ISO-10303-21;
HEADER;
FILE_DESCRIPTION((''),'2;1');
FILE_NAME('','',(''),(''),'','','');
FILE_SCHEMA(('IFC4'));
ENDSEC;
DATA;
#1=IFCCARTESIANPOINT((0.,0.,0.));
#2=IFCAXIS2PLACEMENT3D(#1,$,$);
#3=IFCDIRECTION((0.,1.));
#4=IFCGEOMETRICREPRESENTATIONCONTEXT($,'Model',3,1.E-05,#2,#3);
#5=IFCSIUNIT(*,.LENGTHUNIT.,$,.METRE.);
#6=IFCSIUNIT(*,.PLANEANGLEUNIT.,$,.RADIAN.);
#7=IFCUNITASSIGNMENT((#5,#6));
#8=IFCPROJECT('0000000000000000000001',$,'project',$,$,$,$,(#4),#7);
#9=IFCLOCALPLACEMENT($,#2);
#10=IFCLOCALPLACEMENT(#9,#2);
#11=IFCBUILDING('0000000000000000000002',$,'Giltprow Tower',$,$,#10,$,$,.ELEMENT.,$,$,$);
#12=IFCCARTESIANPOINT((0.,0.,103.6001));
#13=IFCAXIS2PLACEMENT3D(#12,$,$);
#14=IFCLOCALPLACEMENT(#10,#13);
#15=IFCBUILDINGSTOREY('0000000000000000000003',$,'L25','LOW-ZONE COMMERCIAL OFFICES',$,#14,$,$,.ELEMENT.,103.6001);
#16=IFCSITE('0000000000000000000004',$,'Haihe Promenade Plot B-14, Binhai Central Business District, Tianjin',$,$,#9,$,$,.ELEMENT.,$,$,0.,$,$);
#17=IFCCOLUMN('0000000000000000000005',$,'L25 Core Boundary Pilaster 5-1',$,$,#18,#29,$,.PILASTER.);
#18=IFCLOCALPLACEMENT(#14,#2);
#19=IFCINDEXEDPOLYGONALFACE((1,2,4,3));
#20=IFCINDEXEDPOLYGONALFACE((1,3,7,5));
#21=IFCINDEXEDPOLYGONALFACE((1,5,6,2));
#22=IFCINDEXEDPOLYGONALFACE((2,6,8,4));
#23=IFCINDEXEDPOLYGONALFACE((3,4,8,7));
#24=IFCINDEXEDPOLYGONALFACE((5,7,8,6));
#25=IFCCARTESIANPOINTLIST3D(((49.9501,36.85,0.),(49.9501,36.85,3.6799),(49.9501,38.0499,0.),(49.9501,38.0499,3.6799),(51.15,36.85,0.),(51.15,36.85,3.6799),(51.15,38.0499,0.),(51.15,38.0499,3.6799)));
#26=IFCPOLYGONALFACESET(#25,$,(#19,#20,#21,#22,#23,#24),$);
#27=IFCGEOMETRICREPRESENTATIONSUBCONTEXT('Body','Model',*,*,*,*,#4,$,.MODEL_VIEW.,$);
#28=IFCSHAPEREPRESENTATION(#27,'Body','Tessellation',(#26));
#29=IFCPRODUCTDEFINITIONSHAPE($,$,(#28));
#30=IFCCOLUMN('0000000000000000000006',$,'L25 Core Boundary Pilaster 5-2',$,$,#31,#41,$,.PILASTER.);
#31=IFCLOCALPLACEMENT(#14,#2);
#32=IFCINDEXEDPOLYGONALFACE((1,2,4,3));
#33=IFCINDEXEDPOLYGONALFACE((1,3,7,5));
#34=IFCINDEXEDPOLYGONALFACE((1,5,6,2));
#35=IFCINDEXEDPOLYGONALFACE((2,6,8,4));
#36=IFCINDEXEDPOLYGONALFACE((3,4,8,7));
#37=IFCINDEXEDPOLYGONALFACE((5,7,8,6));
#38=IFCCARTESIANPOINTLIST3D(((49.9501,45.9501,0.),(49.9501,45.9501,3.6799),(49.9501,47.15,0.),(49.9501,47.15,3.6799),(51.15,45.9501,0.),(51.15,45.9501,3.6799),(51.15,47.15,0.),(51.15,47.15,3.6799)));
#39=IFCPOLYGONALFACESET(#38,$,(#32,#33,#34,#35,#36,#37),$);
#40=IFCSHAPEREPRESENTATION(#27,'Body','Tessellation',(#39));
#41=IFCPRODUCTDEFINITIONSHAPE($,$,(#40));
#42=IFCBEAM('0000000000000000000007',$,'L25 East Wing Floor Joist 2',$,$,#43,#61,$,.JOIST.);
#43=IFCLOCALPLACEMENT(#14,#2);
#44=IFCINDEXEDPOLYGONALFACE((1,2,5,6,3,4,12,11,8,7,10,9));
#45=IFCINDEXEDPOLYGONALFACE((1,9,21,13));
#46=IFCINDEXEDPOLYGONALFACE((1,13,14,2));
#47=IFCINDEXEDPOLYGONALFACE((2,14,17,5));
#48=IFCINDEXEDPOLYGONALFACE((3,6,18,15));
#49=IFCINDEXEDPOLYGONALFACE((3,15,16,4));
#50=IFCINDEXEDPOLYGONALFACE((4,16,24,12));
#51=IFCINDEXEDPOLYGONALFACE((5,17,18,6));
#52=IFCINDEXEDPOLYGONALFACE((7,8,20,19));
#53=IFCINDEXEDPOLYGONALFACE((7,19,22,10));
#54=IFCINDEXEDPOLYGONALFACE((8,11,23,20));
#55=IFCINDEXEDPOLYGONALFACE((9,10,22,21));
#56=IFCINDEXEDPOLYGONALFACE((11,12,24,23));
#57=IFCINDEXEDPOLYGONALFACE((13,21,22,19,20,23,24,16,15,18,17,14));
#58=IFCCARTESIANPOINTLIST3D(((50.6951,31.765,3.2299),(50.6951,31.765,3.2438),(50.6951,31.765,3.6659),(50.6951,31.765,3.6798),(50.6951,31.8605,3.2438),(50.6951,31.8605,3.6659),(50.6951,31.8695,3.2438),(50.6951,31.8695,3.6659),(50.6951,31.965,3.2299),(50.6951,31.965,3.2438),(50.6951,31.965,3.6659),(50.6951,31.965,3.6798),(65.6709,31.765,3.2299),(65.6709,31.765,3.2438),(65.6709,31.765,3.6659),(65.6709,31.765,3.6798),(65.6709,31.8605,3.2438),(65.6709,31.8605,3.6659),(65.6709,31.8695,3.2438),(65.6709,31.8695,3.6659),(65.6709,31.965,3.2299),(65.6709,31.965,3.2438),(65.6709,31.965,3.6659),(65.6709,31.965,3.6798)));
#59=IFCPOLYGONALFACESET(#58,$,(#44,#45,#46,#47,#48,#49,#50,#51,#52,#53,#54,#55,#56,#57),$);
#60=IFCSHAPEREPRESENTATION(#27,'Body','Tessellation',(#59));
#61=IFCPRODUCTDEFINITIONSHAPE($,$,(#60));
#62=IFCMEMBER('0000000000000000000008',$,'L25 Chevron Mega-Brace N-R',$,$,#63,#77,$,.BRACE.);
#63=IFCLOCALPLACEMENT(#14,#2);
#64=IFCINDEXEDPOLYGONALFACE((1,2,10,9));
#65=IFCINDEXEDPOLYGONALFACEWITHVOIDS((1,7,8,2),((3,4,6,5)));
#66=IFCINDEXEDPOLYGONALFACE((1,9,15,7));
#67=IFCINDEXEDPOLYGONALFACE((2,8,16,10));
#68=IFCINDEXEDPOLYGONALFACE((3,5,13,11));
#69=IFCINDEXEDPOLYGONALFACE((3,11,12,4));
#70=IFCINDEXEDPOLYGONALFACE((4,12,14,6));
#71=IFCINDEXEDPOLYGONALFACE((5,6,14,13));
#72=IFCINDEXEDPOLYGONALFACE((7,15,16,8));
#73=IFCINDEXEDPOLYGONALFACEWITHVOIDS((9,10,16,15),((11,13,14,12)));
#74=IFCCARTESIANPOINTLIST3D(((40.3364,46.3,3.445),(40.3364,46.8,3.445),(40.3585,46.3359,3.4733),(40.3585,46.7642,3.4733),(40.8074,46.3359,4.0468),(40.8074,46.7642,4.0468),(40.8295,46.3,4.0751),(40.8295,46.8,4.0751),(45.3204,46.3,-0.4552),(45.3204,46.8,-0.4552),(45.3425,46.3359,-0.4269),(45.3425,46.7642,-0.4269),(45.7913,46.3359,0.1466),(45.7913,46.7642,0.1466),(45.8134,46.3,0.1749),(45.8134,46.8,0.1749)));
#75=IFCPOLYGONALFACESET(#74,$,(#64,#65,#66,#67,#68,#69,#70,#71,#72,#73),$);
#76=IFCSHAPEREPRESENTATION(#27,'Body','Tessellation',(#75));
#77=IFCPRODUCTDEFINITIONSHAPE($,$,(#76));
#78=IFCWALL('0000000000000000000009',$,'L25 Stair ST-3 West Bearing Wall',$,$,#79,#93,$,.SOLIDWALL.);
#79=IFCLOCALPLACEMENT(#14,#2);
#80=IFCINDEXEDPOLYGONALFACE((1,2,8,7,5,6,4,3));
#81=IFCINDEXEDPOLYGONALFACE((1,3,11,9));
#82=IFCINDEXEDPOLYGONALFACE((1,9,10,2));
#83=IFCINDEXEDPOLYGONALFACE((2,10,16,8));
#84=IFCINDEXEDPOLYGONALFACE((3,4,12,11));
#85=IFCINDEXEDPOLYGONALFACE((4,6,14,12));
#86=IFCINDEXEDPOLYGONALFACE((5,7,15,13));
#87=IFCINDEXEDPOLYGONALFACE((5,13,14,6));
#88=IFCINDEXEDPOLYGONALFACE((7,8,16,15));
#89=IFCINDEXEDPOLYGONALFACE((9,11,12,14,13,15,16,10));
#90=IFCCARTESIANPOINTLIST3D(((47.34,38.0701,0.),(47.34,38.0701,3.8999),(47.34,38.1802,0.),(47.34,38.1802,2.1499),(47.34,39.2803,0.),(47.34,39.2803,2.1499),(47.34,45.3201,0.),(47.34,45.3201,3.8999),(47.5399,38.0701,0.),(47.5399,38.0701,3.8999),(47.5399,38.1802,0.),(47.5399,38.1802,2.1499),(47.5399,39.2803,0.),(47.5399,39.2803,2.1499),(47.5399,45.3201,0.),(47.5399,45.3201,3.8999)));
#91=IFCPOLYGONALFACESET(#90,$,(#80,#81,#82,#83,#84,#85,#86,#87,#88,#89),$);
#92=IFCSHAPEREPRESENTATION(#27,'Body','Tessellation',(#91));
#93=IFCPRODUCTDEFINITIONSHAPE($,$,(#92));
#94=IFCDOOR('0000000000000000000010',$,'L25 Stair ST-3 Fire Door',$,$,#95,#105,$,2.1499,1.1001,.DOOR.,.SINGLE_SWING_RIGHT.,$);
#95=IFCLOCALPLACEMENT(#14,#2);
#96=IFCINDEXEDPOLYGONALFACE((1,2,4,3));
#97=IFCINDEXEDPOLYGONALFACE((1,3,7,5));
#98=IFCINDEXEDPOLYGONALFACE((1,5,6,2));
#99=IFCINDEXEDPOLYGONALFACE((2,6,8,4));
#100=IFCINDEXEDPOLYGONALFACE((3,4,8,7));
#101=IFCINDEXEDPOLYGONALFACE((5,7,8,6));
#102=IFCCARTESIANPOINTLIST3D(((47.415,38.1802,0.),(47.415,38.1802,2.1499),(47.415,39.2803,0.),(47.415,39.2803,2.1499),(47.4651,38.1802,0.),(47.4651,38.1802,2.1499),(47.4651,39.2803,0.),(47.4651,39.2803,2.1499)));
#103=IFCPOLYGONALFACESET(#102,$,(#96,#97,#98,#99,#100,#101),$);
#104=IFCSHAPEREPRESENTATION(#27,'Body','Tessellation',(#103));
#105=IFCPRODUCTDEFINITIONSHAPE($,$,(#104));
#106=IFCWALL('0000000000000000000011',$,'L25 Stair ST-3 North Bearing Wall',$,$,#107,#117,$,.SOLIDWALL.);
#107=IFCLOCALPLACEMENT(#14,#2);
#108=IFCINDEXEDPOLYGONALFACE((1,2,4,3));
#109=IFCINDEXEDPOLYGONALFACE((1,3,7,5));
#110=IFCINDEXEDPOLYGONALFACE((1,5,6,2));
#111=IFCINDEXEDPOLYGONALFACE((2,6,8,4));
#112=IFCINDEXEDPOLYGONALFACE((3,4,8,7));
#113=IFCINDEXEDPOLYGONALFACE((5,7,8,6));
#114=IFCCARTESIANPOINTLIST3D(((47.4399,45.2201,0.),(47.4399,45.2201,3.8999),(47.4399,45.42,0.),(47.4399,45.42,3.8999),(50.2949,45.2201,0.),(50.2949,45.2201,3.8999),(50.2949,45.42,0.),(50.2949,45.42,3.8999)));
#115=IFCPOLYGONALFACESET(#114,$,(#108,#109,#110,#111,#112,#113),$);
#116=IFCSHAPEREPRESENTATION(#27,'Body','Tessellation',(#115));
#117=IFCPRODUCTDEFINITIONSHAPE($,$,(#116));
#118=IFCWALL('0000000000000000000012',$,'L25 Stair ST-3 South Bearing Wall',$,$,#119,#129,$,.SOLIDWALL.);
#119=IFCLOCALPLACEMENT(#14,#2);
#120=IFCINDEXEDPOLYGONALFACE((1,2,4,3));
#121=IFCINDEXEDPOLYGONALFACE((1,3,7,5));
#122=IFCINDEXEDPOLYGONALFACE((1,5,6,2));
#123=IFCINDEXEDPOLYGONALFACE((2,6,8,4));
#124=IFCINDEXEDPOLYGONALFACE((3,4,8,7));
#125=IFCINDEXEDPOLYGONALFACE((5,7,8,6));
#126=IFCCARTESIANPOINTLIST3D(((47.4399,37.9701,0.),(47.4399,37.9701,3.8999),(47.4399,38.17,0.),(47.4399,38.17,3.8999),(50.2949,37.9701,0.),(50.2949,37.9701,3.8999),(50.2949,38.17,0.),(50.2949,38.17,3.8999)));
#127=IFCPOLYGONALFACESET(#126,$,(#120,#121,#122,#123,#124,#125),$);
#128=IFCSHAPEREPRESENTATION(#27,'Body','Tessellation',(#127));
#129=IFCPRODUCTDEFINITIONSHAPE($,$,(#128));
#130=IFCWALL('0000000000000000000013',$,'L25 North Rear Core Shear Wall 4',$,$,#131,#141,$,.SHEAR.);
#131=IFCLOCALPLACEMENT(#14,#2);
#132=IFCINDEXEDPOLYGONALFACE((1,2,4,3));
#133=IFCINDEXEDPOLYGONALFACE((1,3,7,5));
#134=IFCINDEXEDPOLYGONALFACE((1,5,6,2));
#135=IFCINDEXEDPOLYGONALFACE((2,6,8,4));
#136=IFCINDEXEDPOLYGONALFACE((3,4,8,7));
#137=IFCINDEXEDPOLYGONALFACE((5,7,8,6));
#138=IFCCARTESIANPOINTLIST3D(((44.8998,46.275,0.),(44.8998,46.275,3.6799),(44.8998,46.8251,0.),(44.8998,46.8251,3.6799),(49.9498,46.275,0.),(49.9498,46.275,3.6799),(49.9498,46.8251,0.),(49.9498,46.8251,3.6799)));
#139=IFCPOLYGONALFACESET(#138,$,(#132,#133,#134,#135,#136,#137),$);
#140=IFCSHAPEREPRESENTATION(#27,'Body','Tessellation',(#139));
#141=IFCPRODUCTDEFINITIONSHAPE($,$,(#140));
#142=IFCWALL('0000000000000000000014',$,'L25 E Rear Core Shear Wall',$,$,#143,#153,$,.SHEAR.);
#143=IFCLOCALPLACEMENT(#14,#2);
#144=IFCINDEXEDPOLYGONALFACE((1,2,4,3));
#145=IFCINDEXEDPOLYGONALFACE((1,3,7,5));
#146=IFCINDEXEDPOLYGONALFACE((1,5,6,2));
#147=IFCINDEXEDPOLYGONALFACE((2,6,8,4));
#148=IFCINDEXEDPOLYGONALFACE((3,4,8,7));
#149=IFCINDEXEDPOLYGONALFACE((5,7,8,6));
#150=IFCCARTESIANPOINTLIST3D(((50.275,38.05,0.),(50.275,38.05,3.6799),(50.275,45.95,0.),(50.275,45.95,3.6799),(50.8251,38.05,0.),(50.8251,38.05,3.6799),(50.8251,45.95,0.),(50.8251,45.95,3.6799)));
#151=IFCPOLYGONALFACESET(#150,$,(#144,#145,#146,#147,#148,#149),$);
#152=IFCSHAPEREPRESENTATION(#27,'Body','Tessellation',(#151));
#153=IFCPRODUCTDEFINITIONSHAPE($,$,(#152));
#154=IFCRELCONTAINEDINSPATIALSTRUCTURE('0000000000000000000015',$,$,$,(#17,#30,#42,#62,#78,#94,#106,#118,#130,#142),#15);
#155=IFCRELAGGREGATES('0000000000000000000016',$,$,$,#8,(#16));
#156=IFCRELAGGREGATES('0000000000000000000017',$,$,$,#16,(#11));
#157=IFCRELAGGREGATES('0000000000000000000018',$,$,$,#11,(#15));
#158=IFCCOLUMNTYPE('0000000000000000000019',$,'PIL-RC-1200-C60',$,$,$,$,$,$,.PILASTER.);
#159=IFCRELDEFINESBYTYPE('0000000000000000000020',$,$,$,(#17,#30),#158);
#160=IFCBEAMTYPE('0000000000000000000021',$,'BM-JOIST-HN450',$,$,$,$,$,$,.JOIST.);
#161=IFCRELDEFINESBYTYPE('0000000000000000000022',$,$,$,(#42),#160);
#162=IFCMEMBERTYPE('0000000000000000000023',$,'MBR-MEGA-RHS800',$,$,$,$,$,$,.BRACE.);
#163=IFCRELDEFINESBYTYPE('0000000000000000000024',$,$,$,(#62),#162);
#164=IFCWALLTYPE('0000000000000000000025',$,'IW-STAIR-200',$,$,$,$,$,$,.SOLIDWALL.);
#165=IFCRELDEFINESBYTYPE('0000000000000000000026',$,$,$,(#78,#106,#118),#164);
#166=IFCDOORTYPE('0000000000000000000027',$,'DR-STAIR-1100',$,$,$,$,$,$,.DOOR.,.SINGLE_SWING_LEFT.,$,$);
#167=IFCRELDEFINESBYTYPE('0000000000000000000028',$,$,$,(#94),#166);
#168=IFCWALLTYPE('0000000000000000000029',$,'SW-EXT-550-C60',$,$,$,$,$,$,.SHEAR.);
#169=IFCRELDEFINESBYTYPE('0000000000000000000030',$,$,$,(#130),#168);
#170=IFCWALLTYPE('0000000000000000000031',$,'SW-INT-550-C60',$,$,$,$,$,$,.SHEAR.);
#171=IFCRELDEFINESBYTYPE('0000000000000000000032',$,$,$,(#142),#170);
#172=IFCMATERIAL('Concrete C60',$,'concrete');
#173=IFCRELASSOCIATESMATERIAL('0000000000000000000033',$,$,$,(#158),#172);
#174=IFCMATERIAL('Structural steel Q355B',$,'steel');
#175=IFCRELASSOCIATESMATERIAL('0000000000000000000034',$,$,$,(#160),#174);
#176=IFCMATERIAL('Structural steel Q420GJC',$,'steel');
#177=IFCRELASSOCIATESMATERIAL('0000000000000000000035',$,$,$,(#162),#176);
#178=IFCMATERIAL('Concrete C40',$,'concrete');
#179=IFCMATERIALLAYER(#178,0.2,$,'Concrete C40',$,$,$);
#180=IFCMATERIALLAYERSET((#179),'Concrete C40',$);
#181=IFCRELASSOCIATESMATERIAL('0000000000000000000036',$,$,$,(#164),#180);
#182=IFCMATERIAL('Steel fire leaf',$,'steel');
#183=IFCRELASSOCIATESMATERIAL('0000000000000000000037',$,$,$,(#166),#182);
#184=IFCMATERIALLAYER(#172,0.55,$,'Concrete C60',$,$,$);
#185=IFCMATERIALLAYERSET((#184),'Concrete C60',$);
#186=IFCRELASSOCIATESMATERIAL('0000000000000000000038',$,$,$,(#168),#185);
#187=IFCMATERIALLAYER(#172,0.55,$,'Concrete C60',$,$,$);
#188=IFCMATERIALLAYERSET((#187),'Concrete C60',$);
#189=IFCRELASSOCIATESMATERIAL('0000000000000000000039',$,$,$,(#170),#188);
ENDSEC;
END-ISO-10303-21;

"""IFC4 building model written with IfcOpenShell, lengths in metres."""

from ifc_helpers import new_model, si_unit, direction, frame, frame_2d, origin, origin_2d, place, context, subcontext, project, spatial, rectangle, hollow_rectangle, i_section, extrude, source, transform, mapped, material, layer, layer_set, material_profile, profile_set, type_object, element, fill, save


model = new_model("IFC4")

# Units and contexts
model_context = context("Model", 3, precision=1e-05, world=origin(), true_north=direction((0.0, 1.0)))
body_context = subcontext(model_context, "Body", "Model", "MODEL_VIEW")
ifc_project = project(units=[si_unit("LENGTHUNIT", "METRE"), si_unit("PLANEANGLEUNIT", "RADIAN")], contexts=[model_context])

# Site, building, storey
site_placement = place(None, origin())
site = spatial("IfcSite", under=ifc_project, at=site_placement, Name="Haihe Promenade Plot B-14, Binhai Central Business District, Tianjin", CompositionType="ELEMENT", RefElevation=0.0)
building_placement = place(site_placement, origin())
building = spatial("IfcBuilding", under=site, at=building_placement, Name="Giltprow Tower", CompositionType="ELEMENT")
storey_placement = place(building_placement, frame((0.0, 0.0, 103.6001)))
storey = spatial("IfcBuildingStorey", under=building, at=storey_placement, Name="L25", Description="LOW-ZONE COMMERCIAL OFFICES", CompositionType="ELEMENT", Elevation=103.6001)

# Columns
ifc_material_1 = material(Name="Concrete C60", Category="concrete")
ifc_material_profile_1 = material_profile(ifc_material_1, rectangle(XDim=1.2, YDim=1.2, at=origin_2d()), Name="RC 1200x1200")
ifc_profile_set_1 = profile_set([ifc_material_profile_1], Name="Concrete C60")
column_type = type_object("IfcColumnType", Name="PIL-RC-1200-C60", PredefinedType="PILASTER", material=ifc_profile_set_1)
shared_shape_1 = source(origin(), body_context, "Body", "SweptSolid", [
    extrude(rectangle(XDim=1.2, YDim=1.2, at=origin_2d()), origin(), (0.0, 0.0, 1.0), 3.6799),
])
for number, where, z_axis, x_axis, name in (
    (1, (50.55, 37.45, 0.0), (0.0, 0.0, 1.0), (1.0, 0.0, 0.0), "L25 Core Boundary Pilaster 5-1"),
    (2, (50.55, 46.55, 0.0), (0.0, 0.0, 1.0), (1.0, 0.0, 0.0), "L25 Core Boundary Pilaster 5-2"),
):
    element("IfcColumn", number, at=place(storey_placement, frame(where, z_axis=z_axis, x_axis=x_axis)), inside=storey, type_object=column_type, Name=name, PredefinedType="PILASTER", context=body_context, shape_type="MappedRepresentation", body=[
        mapped(shared_shape_1, transform((0.0, 0.0, 0.0), x_axis=(1.0, 0.0, 0.0), y_axis=(0.0, 1.0, 0.0), z_axis=(0.0, 0.0, 1.0), scale=1.0)),
    ])

# Beam
ifc_material_2 = material(Name="Structural steel Q355B", Category="steel")
ifc_material_profile_2 = material_profile(ifc_material_2, i_section(OverallWidth=0.2, OverallDepth=0.45, WebThickness=0.009, FlangeThickness=0.0139, at=origin_2d()), Name="HN 450x200x9x14")
ifc_profile_set_2 = profile_set([ifc_material_profile_2], Name="Structural steel Q355B")
beam_type = type_object("IfcBeamType", Name="BM-JOIST-HN450", PredefinedType="JOIST", material=ifc_profile_set_2)
shared_shape_2 = source(origin(), body_context, "Body", "SweptSolid", [
    extrude(i_section(OverallWidth=0.2, OverallDepth=0.45, WebThickness=0.009, FlangeThickness=0.0139, at=origin_2d()), origin(), (0.0, 0.0, 1.0), 14.9758),
])
beam_placement = place(storey_placement, frame((50.6951, 31.865, 3.4548), z_axis=(1.0, 0.0, 0.0), x_axis=(0.0, 1.0, 0.0)))
element("IfcBeam", 3, at=beam_placement, inside=storey, type_object=beam_type, Name="L25 East Wing Floor Joist 2", PredefinedType="JOIST", context=body_context, shape_type="MappedRepresentation", body=[
    mapped(shared_shape_2, transform((0.0, 0.0, 0.0), x_axis=(1.0, 0.0, 0.0), y_axis=(0.0, 1.0, 0.0), z_axis=(0.0, 0.0, 1.0), scale=1.0)),
])

# Member
ifc_material_3 = material(Name="Structural steel Q420GJC", Category="steel")
ifc_material_profile_3 = material_profile(ifc_material_3, hollow_rectangle(XDim=0.5, YDim=0.8, WallThickness=0.0359, at=origin_2d()), Name="RHS 800x500x36")
ifc_profile_set_3 = profile_set([ifc_material_profile_3], Name="Structural steel Q420GJC")
member_type = type_object("IfcMemberType", Name="MBR-MEGA-RHS800", PredefinedType="BRACE", material=ifc_profile_set_3)
shared_shape_3 = source(origin(), body_context, "Body", "SweptSolid", [
    extrude(hollow_rectangle(XDim=0.5, YDim=0.8, WallThickness=0.0359, at=origin_2d()), origin(), (0.0, 0.0, 1.0), 6.3286),
])
member_placement = place(storey_placement, frame((45.5669, 46.55, -0.1401), z_axis=(-0.787527, 0.0, 0.61628), x_axis=(0.0, -1.0, 0.0)))
element("IfcMember", 4, at=member_placement, inside=storey, type_object=member_type, Name="L25 Chevron Mega-Brace N-R", PredefinedType="BRACE", context=body_context, shape_type="MappedRepresentation", body=[
    mapped(shared_shape_3, transform((0.0, 0.0, 0.0), x_axis=(1.0, 0.0, 0.0), y_axis=(0.0, 1.0, 0.0), z_axis=(0.0, 0.0, 1.0), scale=1.0)),
])

# Wall, opening, door
ifc_material_4 = material(Name="Concrete C40", Category="concrete")
ifc_layer_1 = layer(ifc_material_4, 0.2, Name="Concrete C40")
ifc_layer_set_1 = layer_set([ifc_layer_1], Name="Concrete C40")
wall_type_1 = type_object("IfcWallType", Name="IW-STAIR-200", PredefinedType="SOLIDWALL", material=ifc_layer_set_1)
wall_1_placement = place(storey_placement, frame((47.4399, 38.0701, 0.0), z_axis=(0.0, 0.0, 1.0), x_axis=(0.0, 1.0, 0.0)))
wall_1 = element("IfcWall", 5, at=wall_1_placement, inside=storey, type_object=wall_type_1, Name="L25 Stair ST-3 West Bearing Wall", PredefinedType="SOLIDWALL", context=body_context, shape_type="SweptSolid", body=[
    extrude(rectangle(XDim=7.25, YDim=0.2, at=frame_2d((3.625, 0.0))), origin(), (0.0, 0.0, 1.0), 3.8999),
])
opening_placement = place(wall_1_placement, frame((0.1101, 0.0, 0.0)))
opening = element("IfcOpeningElement", 6, at=opening_placement, cuts=wall_1, PredefinedType="OPENING", context=body_context, shape_type="SweptSolid", body=[
    extrude(rectangle(XDim=1.1001, YDim=2.1499, at=frame_2d((0.55, 1.075))), frame((0.0, 0.1099, 0.0), z_axis=(0.0, -1.0, 0.0), x_axis=(1.0, 0.0, 0.0)), (0.0, 0.0, 1.0), 0.22),
])
ifc_material_5 = material(Name="Steel fire leaf", Category="steel")
door_type = type_object("IfcDoorType", Name="DR-STAIR-1100", OperationType="SINGLE_SWING_LEFT", PredefinedType="DOOR", material=ifc_material_5)
shared_shape_4 = source(origin(), body_context, "Body", "SweptSolid", [
    extrude(rectangle(XDim=1.1001, YDim=2.1499, at=frame_2d((0.55, 1.075))), frame((0.0, 0.0249, 0.0), z_axis=(0.0, -1.0, 0.0), x_axis=(1.0, 0.0, 0.0)), (0.0, 0.0, 1.0), 0.05),
])
door_placement = place(opening_placement, origin())
door = element("IfcDoor", 7, at=door_placement, inside=storey, type_object=door_type, Name="L25 Stair ST-3 Fire Door", OperationType="SINGLE_SWING_RIGHT", OverallHeight=2.1499, OverallWidth=1.1001, PredefinedType="DOOR", context=body_context, shape_type="MappedRepresentation", body=[
    mapped(shared_shape_4, transform((0.0, 0.0, 0.0), x_axis=(1.0, 0.0, 0.0), y_axis=(0.0, 1.0, 0.0), z_axis=(0.0, 0.0, 1.0), scale=1.0)),
])
fill(opening, door)

# Walls
for number, where, z_axis, x_axis, name in (
    (8, (47.4399, 45.3201, 0.0), (0.0, 0.0, 1.0), (1.0, 0.0, 0.0), "L25 Stair ST-3 North Bearing Wall"),
    (9, (47.4399, 38.0701, 0.0), (0.0, 0.0, 1.0), (1.0, 0.0, 0.0), "L25 Stair ST-3 South Bearing Wall"),
):
    element("IfcWall", number, at=place(storey_placement, frame(where, z_axis=z_axis, x_axis=x_axis)), inside=storey, type_object=wall_type_1, Name=name, PredefinedType="SOLIDWALL", context=body_context, shape_type="SweptSolid", body=[
        extrude(rectangle(XDim=2.855, YDim=0.2, at=frame_2d((1.4275, 0.0))), origin(), (0.0, 0.0, 1.0), 3.8999),
    ])
ifc_layer_2 = layer(ifc_material_1, 0.55, Name="Concrete C60")
ifc_layer_set_2 = layer_set([ifc_layer_2], Name="Concrete C60")
wall_type_2 = type_object("IfcWallType", Name="SW-EXT-550-C60", PredefinedType="SHEAR", material=ifc_layer_set_2)
wall_2_placement = place(storey_placement, frame((44.8999, 46.55, 0.0), z_axis=(0.0, 0.0, 1.0), x_axis=(1.0, 0.0, 0.0)))
element("IfcWall", 10, at=wall_2_placement, inside=storey, type_object=wall_type_2, Name="L25 North Rear Core Shear Wall 4", PredefinedType="SHEAR", context=body_context, shape_type="SweptSolid", body=[
    extrude(rectangle(XDim=5.05, YDim=0.55, at=frame_2d((2.5249, 0.0))), origin(), (0.0, 0.0, 1.0), 3.6799),
])
ifc_layer_3 = layer(ifc_material_1, 0.55, Name="Concrete C60")
ifc_layer_set_3 = layer_set([ifc_layer_3], Name="Concrete C60")
wall_type_3 = type_object("IfcWallType", Name="SW-INT-550-C60", PredefinedType="SHEAR", material=ifc_layer_set_3)
wall_3_placement = place(storey_placement, frame((50.55, 38.05, 0.0), z_axis=(0.0, 0.0, 1.0), x_axis=(0.0, 1.0, 0.0)))
element("IfcWall", 11, at=wall_3_placement, inside=storey, type_object=wall_type_3, Name="L25 E Rear Core Shear Wall", PredefinedType="SHEAR", context=body_context, shape_type="SweptSolid", body=[
    extrude(rectangle(XDim=7.8999, YDim=0.55, at=frame_2d((3.95, 0.0))), origin(), (0.0, 0.0, 1.0), 3.6799),
])

save(model, "model.ifc")
